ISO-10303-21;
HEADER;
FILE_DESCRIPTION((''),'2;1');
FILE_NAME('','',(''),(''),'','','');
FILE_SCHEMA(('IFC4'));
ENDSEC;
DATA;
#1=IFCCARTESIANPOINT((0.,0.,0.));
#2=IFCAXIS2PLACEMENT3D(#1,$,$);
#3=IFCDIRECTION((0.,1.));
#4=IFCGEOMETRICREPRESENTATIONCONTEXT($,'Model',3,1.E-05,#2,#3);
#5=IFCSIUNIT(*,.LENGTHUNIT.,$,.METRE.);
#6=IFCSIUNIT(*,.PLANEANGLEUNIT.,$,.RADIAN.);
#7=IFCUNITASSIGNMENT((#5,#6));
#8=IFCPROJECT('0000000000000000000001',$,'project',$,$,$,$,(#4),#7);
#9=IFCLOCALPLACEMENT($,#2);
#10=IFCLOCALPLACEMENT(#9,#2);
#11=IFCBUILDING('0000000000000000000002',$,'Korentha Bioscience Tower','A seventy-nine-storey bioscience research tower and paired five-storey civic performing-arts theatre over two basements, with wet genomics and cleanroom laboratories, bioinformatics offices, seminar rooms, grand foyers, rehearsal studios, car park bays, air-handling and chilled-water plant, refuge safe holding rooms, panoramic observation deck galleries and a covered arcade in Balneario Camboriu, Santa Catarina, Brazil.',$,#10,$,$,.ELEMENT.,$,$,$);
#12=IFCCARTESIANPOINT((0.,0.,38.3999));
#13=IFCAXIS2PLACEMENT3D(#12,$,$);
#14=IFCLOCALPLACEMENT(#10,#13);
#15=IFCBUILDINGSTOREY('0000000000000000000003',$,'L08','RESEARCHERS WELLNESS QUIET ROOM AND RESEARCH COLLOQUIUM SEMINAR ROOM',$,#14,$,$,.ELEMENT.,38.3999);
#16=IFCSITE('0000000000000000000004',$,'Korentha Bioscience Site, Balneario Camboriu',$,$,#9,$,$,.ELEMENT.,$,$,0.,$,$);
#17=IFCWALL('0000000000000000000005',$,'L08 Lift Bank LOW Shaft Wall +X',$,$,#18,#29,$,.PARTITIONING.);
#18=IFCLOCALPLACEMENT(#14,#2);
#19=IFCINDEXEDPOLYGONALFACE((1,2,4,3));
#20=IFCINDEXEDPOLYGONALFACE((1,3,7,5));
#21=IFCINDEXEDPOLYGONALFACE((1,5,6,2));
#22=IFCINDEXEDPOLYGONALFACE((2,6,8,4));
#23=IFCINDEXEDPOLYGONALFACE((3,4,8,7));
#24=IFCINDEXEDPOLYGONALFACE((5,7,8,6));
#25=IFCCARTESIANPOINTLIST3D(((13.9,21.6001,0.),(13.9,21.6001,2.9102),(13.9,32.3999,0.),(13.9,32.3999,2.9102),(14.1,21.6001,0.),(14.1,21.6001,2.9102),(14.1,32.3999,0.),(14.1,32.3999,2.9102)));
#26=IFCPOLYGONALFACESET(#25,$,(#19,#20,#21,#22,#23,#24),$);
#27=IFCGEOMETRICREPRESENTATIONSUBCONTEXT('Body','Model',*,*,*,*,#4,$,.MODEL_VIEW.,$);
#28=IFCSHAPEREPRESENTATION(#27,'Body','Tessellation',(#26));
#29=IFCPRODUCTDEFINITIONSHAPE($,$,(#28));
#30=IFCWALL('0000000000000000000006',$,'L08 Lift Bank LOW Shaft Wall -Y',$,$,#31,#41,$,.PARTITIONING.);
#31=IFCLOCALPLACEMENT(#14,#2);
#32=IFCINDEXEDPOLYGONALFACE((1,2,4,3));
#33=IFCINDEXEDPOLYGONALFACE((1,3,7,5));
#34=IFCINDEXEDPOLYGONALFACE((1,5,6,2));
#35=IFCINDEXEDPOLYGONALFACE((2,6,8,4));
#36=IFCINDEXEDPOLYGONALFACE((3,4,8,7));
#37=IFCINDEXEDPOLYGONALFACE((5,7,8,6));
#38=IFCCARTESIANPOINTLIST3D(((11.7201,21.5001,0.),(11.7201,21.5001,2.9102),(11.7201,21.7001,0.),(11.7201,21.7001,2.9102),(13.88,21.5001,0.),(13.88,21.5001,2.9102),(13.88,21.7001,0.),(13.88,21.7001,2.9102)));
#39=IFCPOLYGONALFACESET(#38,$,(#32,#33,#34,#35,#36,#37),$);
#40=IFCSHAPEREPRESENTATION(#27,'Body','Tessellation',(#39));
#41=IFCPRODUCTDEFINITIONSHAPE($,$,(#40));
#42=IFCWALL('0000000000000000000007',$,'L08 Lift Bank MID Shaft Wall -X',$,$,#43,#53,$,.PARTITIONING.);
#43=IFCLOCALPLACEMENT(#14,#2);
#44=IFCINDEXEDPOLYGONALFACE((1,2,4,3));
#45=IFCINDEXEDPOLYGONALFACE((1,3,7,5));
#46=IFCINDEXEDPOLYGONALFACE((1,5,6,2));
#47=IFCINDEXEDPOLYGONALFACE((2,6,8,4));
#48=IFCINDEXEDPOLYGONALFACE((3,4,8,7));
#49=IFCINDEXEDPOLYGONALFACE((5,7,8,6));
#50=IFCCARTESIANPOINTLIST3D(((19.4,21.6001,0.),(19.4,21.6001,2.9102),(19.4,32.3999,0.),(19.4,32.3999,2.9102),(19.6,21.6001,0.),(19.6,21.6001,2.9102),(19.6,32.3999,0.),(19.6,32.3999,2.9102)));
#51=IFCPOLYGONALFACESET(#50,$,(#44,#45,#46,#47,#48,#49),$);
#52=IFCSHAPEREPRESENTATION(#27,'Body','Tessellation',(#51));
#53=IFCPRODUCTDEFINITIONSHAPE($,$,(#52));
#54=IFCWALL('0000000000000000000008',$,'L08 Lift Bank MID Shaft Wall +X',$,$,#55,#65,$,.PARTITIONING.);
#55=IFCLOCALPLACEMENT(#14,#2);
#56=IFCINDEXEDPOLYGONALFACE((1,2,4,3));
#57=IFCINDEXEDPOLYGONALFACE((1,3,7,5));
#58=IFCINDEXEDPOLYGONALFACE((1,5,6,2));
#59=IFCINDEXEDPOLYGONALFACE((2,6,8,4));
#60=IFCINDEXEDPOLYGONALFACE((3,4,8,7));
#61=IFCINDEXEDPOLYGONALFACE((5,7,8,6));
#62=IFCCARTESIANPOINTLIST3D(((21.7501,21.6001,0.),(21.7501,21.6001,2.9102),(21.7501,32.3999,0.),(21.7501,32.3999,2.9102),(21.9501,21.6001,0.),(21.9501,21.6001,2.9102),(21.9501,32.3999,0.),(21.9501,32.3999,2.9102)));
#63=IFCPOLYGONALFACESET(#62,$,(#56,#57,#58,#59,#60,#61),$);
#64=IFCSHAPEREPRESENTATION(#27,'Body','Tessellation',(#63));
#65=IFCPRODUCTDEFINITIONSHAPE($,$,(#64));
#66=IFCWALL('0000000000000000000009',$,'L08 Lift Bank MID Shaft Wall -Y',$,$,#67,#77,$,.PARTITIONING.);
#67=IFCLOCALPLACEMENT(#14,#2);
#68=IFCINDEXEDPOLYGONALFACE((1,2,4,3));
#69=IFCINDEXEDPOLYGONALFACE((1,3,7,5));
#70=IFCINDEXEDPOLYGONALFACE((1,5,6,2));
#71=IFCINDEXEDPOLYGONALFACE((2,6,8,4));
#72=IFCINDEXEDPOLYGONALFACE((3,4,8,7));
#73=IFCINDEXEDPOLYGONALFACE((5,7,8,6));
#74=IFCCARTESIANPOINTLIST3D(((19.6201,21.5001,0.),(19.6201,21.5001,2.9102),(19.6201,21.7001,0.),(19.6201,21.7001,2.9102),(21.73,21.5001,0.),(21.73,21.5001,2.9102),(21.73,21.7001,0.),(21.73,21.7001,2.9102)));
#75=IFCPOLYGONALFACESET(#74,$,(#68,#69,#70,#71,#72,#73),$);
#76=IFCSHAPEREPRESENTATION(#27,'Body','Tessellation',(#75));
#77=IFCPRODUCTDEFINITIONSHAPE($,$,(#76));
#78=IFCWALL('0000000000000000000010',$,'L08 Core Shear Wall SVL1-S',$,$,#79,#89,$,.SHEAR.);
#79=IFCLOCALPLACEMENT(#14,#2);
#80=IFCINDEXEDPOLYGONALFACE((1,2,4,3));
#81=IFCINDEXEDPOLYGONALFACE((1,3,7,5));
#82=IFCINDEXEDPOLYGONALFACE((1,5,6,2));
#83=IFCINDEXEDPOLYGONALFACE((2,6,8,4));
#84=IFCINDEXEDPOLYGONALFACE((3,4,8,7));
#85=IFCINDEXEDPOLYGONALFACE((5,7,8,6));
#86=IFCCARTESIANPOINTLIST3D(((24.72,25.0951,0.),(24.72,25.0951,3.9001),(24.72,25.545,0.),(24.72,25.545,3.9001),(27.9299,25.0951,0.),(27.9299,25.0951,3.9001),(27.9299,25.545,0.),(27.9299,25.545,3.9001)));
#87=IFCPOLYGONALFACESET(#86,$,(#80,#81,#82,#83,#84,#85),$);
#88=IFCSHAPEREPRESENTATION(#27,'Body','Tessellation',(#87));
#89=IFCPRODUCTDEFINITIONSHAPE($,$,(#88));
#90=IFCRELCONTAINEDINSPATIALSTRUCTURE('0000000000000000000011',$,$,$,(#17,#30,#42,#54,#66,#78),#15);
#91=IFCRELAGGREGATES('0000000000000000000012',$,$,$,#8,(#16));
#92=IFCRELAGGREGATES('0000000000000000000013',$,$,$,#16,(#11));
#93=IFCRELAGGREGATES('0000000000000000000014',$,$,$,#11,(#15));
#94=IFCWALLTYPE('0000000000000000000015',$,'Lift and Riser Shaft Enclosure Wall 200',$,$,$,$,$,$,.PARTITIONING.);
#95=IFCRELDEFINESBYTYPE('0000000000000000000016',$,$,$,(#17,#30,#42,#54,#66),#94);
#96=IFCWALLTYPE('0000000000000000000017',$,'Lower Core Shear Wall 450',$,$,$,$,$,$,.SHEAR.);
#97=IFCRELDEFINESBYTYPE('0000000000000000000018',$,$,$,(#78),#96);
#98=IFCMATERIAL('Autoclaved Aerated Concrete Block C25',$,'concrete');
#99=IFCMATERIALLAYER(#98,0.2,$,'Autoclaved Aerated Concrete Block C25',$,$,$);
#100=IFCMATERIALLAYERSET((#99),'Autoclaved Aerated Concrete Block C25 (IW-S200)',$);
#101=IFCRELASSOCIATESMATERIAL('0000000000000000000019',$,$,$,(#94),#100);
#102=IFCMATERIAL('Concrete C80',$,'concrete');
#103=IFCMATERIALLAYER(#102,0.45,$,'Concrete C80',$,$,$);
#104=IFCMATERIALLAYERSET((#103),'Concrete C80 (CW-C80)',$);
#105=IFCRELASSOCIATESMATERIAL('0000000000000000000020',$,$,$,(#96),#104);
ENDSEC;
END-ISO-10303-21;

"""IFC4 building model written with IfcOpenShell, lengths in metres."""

from ifc_helpers import new_model, si_unit, direction, frame, frame_2d, origin, place, context, subcontext, project, spatial, rectangle, extrude, material, layer, layer_set, type_object, element, save


model = new_model("IFC4")

# Units and contexts
model_context = context("Model", 3, precision=1e-05, world=origin(), true_north=direction((0.0, 1.0)))
body_context = subcontext(model_context, "Body", "Model", "MODEL_VIEW")
ifc_project = project(units=[si_unit("LENGTHUNIT", "METRE"), si_unit("PLANEANGLEUNIT", "RADIAN")], contexts=[model_context])

# Site, building, storey
site_placement = place(None, origin())
site = spatial("IfcSite", under=ifc_project, at=site_placement, Name="Korentha Bioscience Site, Balneario Camboriu", CompositionType="ELEMENT", RefElevation=0.0)
building_placement = place(site_placement, origin())
building = spatial("IfcBuilding", under=site, at=building_placement, Name="Korentha Bioscience Tower", Description="A seventy-nine-storey bioscience research tower and paired five-storey civic performing-arts theatre over two basements, with wet genomics and cleanroom laboratories, bioinformatics offices, seminar rooms, grand foyers, rehearsal studios, car park bays, air-handling and chilled-water plant, refuge safe holding rooms, panoramic observation deck galleries and a covered arcade in Balneario Camboriu, Santa Catarina, Brazil.", CompositionType="ELEMENT")
storey_placement = place(building_placement, frame((0.0, 0.0, 38.3999)))
storey = spatial("IfcBuildingStorey", under=building, at=storey_placement, Name="L08", Description="RESEARCHERS WELLNESS QUIET ROOM AND RESEARCH COLLOQUIUM SEMINAR ROOM", CompositionType="ELEMENT", Elevation=38.3999)

# Shared definitions
ifc_material_1 = material(Name="Concrete C80", Category="concrete")

# Walls
ifc_material_2 = material(Name="Autoclaved Aerated Concrete Block C25", Category="concrete")
ifc_layer_1 = layer(ifc_material_2, 0.2, Name="Autoclaved Aerated Concrete Block C25")
ifc_layer_set_1 = layer_set([ifc_layer_1], Name="Autoclaved Aerated Concrete Block C25 (IW-S200)")
wall_type_1 = type_object("IfcWallType", Name="Lift and Riser Shaft Enclosure Wall 200", PredefinedType="PARTITIONING", material=ifc_layer_set_1)
wall_1_placement = place(storey_placement, frame((14.0, 21.6001, 0.0), z_axis=(0.0, 0.0, 1.0), x_axis=(0.0, 1.0, 0.0)))
element("IfcWall", 1, at=wall_1_placement, inside=storey, type_object=wall_type_1, Name="L08 Lift Bank LOW Shaft Wall +X", PredefinedType="PARTITIONING", context=body_context, shape_type="SweptSolid", body=[
    extrude(rectangle(XDim=10.7998, YDim=0.2, at=frame_2d((5.3999, 0.0))), origin(), (0.0, 0.0, 1.0), 2.9102),
])
wall_2_placement = place(storey_placement, frame((11.72, 21.6001, 0.0), z_axis=(0.0, 0.0, 1.0), x_axis=(1.0, 0.0, 0.0)))
element("IfcWall", 2, at=wall_2_placement, inside=storey, type_object=wall_type_1, Name="L08 Lift Bank LOW Shaft Wall -Y", PredefinedType="PARTITIONING", context=body_context, shape_type="SweptSolid", body=[
    extrude(rectangle(XDim=2.1599, YDim=0.2, at=frame_2d((1.0801, 0.0))), origin(), (0.0, 0.0, 1.0), 2.9102),
])
for number, where, z_axis, x_axis, name in (
    (3, (19.5, 21.6001, 0.0), (0.0, 0.0, 1.0), (0.0, 1.0, 0.0), "L08 Lift Bank MID Shaft Wall -X"),
    (4, (21.8501, 21.6001, 0.0), (0.0, 0.0, 1.0), (0.0, 1.0, 0.0), "L08 Lift Bank MID Shaft Wall +X"),
):
    element("IfcWall", number, at=place(storey_placement, frame(where, z_axis=z_axis, x_axis=x_axis)), inside=storey, type_object=wall_type_1, Name=name, PredefinedType="PARTITIONING", context=body_context, shape_type="SweptSolid", body=[
        extrude(rectangle(XDim=10.7998, YDim=0.2, at=frame_2d((5.3999, 0.0))), origin(), (0.0, 0.0, 1.0), 2.9102),
    ])
wall_3_placement = place(storey_placement, frame((19.6201, 21.6001, 0.0), z_axis=(0.0, 0.0, 1.0), x_axis=(1.0, 0.0, 0.0)))
element("IfcWall", 5, at=wall_3_placement, inside=storey, type_object=wall_type_1, Name="L08 Lift Bank MID Shaft Wall -Y", PredefinedType="PARTITIONING", context=body_context, shape_type="SweptSolid", body=[
    extrude(rectangle(XDim=2.1099, YDim=0.2, at=frame_2d((1.0549, 0.0))), origin(), (0.0, 0.0, 1.0), 2.9102),
])
ifc_layer_2 = layer(ifc_material_1, 0.45, Name="Concrete C80")
ifc_layer_set_2 = layer_set([ifc_layer_2], Name="Concrete C80 (CW-C80)")
wall_type_2 = type_object("IfcWallType", Name="Lower Core Shear Wall 450", PredefinedType="SHEAR", material=ifc_layer_set_2)
wall_4_placement = place(storey_placement, frame((24.72, 25.3201, 0.0), z_axis=(0.0, 0.0, 1.0), x_axis=(1.0, 0.0, 0.0)))
element("IfcWall", 6, at=wall_4_placement, inside=storey, type_object=wall_type_2, Name="L08 Core Shear Wall SVL1-S", PredefinedType="SHEAR", context=body_context, shape_type="SweptSolid", body=[
    extrude(rectangle(XDim=3.21, YDim=0.45, at=frame_2d((1.605, 0.0))), origin(), (0.0, 0.0, 1.0), 3.9001),
])

save(model, "model.ifc")
